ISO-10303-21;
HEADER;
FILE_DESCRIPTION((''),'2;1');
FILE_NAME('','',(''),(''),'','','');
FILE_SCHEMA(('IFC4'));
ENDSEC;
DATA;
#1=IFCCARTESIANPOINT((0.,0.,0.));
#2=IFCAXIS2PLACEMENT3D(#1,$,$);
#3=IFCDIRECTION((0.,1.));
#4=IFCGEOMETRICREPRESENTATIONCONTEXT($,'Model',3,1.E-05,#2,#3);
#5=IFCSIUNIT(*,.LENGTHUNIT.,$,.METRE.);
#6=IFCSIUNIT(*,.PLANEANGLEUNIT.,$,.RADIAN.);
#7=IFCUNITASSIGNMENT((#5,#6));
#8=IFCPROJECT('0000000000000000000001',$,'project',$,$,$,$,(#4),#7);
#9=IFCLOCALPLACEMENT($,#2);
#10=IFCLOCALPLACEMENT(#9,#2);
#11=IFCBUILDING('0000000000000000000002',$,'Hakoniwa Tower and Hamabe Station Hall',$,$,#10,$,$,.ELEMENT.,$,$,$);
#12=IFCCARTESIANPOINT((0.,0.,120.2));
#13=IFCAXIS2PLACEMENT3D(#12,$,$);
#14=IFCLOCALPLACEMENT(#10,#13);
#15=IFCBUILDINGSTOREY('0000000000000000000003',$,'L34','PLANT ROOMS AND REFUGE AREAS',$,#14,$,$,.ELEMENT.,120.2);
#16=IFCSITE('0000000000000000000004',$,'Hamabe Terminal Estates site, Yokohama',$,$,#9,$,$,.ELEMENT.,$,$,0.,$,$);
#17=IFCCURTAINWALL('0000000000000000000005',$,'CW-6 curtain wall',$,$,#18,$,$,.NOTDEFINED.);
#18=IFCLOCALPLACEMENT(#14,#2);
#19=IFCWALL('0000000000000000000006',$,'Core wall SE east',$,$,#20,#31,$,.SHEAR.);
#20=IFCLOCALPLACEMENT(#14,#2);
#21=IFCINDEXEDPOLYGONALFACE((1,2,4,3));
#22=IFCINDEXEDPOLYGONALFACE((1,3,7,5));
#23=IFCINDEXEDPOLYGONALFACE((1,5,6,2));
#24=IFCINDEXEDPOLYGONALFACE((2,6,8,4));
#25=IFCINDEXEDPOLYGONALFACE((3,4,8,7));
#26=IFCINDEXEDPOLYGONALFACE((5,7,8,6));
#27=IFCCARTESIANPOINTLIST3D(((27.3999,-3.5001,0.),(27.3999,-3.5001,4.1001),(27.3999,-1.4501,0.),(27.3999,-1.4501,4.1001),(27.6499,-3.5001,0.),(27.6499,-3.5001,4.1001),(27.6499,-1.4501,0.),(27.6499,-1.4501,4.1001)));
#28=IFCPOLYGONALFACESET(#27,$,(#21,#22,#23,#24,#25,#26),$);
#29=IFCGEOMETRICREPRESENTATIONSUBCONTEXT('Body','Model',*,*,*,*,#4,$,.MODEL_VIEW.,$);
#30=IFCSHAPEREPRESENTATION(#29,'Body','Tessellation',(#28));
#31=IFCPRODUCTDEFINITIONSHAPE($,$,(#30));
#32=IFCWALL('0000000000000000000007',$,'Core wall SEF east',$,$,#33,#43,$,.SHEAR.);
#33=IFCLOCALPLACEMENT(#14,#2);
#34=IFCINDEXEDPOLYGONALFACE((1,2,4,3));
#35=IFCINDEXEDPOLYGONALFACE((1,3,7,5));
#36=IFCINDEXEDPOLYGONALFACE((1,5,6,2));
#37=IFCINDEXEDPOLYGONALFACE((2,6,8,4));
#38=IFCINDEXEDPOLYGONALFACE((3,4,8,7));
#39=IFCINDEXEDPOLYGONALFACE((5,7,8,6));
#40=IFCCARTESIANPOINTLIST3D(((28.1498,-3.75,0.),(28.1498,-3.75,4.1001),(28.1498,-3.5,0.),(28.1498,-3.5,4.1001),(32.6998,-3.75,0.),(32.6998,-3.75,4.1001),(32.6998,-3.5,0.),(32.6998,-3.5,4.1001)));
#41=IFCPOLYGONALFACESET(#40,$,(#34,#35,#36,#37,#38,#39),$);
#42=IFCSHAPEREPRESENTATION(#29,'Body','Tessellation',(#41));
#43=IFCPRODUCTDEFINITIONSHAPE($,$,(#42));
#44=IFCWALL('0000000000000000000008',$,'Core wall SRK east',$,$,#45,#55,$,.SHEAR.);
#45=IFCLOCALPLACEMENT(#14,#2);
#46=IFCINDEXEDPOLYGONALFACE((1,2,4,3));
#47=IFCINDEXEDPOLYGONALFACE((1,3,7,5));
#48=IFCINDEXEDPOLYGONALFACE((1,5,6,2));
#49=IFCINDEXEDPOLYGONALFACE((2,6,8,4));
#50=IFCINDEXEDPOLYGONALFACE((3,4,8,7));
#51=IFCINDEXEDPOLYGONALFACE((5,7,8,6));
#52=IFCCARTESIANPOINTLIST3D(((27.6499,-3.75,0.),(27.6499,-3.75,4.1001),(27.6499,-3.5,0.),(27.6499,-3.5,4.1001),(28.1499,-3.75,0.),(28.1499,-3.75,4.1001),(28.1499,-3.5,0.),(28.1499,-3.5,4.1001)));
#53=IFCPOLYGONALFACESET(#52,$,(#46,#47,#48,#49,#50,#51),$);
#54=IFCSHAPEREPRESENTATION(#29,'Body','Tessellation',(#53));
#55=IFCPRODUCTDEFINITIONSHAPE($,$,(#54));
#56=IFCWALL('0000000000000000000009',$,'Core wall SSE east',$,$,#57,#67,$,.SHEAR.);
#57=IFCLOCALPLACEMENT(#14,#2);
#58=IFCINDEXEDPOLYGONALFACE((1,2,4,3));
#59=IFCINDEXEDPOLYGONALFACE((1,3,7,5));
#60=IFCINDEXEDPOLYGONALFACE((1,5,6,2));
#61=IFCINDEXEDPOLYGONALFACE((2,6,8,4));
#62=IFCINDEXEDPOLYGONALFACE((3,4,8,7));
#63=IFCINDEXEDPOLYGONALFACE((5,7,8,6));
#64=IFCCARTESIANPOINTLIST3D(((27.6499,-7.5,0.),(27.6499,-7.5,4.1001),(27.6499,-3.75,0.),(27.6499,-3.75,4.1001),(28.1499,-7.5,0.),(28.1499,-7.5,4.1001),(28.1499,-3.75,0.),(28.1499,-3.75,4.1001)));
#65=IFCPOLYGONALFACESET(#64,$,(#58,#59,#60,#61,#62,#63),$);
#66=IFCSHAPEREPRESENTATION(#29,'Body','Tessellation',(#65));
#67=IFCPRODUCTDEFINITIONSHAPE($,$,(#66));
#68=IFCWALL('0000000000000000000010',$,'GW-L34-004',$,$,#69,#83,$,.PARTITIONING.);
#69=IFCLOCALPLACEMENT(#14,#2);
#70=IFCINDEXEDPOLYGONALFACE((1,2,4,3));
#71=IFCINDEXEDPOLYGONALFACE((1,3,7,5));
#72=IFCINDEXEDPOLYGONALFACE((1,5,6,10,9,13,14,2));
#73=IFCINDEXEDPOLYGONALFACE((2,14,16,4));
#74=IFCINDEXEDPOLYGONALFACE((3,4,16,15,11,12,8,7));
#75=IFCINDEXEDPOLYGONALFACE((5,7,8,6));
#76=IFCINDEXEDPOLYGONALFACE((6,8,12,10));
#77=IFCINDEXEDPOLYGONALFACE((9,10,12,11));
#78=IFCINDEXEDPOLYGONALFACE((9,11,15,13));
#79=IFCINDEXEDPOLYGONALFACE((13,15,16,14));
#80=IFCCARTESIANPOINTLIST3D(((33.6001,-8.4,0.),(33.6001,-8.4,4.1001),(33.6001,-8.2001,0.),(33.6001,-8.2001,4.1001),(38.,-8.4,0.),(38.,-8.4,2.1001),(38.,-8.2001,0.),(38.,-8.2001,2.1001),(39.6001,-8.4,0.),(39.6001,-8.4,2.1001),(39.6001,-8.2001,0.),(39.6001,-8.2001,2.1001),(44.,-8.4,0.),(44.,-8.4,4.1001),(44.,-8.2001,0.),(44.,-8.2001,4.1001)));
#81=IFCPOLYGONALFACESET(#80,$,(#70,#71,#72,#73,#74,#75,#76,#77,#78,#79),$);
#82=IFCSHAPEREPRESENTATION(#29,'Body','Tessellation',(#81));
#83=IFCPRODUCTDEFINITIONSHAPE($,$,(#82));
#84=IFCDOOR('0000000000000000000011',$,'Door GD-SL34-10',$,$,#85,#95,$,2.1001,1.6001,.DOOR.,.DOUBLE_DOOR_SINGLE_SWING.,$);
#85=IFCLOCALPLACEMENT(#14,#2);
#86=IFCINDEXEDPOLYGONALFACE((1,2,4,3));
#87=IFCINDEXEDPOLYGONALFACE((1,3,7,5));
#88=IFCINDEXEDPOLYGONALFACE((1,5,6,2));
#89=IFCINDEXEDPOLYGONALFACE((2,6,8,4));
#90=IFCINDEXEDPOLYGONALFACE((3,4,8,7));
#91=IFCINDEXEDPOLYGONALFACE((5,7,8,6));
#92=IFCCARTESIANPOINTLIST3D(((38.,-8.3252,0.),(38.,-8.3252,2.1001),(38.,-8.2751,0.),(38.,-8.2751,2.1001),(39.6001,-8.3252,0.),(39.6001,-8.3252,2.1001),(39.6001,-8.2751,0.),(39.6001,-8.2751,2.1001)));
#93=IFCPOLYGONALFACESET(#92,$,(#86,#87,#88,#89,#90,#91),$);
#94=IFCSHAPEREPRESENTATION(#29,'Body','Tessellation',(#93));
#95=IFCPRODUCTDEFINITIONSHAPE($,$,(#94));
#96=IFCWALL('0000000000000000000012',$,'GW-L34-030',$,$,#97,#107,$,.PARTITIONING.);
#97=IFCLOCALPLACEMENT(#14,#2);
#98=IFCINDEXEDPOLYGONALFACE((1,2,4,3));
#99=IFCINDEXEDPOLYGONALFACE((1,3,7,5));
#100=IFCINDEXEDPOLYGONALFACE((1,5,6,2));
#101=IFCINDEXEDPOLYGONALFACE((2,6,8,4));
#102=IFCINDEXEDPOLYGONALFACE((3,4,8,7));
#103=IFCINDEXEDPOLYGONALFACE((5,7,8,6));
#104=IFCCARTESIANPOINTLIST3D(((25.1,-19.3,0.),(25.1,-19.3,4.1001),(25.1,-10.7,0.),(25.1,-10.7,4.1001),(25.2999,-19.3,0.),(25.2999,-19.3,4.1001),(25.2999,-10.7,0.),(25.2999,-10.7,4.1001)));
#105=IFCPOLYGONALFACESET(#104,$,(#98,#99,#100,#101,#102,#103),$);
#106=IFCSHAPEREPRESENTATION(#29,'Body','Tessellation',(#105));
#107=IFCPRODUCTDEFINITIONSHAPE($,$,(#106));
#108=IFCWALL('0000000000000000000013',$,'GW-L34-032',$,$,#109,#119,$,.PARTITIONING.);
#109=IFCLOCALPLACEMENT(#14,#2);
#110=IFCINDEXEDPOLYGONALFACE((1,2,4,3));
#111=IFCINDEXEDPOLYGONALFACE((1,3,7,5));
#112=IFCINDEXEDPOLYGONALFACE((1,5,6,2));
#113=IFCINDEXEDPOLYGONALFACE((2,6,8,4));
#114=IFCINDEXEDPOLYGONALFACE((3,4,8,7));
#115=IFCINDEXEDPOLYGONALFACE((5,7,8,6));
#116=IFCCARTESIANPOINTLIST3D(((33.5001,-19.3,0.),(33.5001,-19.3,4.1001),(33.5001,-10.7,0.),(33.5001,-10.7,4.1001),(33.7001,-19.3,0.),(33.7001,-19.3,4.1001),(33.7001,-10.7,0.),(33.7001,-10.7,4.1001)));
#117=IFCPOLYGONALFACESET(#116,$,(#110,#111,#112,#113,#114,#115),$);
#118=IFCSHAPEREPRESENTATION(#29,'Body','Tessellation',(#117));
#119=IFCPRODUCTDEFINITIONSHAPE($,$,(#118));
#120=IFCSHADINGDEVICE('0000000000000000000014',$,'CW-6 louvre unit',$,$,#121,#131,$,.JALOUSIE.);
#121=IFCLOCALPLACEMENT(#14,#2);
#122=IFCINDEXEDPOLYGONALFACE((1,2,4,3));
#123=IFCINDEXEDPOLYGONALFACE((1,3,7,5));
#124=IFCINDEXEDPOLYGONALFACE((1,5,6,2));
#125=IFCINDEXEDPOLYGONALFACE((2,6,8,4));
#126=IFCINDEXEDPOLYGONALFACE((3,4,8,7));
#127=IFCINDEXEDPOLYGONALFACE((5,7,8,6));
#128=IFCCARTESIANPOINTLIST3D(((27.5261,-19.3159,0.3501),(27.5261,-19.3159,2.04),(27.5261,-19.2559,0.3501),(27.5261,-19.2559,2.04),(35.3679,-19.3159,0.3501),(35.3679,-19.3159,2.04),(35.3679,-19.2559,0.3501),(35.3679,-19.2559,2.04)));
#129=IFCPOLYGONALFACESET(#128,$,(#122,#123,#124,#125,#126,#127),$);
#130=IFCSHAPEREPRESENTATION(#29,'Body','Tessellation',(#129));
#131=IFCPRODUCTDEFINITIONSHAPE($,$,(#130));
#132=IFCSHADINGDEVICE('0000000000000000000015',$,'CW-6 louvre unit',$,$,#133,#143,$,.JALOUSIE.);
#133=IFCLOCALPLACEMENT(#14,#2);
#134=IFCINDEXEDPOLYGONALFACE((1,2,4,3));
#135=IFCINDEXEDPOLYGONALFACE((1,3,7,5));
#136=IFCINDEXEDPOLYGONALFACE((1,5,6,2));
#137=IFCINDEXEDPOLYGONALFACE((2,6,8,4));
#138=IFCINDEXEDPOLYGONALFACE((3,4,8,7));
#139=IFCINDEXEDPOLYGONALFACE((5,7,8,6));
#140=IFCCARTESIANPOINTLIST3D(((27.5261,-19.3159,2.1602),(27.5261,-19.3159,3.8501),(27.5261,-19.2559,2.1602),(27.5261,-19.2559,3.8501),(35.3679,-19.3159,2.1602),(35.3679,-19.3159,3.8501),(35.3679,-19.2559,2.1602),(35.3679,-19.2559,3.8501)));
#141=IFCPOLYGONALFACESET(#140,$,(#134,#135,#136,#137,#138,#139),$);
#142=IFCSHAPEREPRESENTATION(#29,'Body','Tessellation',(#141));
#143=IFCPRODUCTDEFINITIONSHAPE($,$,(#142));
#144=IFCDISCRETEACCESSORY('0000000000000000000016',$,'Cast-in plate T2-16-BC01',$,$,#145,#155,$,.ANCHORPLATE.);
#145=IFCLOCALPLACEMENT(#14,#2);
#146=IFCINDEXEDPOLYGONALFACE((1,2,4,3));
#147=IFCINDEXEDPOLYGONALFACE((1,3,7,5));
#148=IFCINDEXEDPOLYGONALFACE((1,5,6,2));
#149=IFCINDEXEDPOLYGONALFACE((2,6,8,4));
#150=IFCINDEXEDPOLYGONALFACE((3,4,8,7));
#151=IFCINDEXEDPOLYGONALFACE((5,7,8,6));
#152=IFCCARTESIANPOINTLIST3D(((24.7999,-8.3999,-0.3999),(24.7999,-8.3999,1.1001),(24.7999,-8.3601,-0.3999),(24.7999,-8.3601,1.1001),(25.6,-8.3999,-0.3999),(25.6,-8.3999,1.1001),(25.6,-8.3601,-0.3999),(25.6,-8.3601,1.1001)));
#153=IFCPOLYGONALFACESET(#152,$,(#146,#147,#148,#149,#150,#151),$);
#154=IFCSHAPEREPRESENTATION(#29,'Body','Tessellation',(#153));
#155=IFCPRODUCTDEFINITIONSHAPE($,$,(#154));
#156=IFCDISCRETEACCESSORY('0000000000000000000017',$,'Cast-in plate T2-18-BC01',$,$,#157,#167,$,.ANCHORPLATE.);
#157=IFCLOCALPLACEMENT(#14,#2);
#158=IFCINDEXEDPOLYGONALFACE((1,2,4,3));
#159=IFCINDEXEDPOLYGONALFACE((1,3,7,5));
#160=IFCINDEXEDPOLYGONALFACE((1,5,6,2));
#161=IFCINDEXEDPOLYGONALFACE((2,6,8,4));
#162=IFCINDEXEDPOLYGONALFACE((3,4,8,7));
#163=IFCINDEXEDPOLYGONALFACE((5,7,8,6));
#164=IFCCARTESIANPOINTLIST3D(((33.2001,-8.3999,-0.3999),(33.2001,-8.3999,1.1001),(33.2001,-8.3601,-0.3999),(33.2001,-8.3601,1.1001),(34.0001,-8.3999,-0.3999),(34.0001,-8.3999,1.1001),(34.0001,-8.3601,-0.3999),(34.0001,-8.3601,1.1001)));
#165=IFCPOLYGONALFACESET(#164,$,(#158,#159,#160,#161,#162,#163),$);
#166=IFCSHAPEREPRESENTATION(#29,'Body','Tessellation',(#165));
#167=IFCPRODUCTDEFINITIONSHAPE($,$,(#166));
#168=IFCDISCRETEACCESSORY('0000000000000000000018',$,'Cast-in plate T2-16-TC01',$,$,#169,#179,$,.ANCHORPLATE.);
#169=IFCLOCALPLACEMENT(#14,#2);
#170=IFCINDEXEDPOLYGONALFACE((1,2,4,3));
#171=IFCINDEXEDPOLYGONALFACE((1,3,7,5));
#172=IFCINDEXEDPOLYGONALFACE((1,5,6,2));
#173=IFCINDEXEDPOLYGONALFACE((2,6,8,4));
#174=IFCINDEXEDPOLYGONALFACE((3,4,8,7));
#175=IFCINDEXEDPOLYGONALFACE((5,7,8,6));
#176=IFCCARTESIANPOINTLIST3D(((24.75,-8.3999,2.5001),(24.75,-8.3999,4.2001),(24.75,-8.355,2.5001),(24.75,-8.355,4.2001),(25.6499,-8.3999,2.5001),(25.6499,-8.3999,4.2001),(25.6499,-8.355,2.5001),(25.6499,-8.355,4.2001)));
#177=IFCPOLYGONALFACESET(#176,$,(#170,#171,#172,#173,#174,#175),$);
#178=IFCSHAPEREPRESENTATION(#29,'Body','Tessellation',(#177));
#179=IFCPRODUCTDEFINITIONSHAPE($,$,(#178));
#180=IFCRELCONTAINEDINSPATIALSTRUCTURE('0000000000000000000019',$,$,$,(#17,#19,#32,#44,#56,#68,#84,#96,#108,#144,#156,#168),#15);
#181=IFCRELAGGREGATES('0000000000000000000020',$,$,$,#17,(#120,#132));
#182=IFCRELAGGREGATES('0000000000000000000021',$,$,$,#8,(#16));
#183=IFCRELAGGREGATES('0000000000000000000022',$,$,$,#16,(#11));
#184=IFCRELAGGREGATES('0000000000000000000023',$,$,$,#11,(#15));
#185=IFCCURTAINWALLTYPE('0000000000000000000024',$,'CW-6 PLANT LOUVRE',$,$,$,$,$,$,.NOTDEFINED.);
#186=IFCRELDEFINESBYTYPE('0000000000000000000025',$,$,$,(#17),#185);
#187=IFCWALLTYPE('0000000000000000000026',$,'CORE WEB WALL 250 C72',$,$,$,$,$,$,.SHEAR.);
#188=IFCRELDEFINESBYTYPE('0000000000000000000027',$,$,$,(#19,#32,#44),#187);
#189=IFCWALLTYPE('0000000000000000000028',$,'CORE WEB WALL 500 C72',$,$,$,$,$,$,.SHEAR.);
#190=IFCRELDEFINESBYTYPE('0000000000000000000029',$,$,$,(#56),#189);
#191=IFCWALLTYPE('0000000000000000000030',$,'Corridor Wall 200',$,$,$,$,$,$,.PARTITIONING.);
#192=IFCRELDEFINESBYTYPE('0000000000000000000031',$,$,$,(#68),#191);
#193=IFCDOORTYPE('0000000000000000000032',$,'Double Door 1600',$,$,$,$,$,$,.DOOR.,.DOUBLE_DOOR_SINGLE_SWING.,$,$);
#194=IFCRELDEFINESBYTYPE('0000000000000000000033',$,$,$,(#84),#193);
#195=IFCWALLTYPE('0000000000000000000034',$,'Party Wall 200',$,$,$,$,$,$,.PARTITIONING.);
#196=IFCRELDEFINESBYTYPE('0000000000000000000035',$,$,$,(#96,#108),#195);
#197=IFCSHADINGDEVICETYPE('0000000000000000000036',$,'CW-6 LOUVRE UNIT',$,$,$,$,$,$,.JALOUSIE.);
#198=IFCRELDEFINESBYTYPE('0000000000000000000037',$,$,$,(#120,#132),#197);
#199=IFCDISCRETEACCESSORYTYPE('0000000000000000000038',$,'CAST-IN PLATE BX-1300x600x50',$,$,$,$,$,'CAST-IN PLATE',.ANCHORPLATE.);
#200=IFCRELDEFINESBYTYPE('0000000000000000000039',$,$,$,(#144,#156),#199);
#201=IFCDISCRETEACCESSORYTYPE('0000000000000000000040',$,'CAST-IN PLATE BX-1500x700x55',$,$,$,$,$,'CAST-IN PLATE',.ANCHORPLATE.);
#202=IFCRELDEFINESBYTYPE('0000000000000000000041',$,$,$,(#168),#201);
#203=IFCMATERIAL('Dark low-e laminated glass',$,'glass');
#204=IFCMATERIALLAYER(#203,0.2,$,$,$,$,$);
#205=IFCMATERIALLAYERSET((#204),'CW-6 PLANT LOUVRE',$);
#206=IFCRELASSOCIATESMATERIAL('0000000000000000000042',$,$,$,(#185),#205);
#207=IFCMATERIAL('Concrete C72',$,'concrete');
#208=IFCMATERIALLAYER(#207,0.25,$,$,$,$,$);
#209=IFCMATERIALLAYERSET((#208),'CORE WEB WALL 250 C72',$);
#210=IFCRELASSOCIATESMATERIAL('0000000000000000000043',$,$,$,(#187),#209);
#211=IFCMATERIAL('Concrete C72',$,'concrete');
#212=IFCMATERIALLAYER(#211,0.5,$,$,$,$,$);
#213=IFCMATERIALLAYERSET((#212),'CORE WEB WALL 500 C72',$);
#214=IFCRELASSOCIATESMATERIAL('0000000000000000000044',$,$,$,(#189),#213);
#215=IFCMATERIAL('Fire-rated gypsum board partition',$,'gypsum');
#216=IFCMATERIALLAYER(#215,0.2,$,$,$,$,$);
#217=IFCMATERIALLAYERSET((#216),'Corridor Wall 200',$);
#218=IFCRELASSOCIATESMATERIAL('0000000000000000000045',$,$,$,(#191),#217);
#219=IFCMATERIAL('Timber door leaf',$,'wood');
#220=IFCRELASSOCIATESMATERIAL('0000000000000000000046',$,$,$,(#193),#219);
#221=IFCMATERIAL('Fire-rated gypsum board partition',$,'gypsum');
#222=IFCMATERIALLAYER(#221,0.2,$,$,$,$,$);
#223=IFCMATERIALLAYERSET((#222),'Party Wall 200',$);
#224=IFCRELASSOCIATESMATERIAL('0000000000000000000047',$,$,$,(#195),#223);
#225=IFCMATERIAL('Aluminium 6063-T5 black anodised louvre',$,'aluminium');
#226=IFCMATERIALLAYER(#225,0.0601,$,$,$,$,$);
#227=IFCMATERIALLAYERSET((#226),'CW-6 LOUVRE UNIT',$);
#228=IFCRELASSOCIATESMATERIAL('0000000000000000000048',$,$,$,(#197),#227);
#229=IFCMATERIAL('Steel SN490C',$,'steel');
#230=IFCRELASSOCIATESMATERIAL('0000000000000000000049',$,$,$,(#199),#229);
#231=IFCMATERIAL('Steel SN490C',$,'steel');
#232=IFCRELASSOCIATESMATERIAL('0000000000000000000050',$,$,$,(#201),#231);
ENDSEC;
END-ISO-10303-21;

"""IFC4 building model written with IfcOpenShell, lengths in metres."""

from ifc_helpers import new_model, si_unit, direction, frame, frame_2d, origin, origin_2d, place, context, subcontext, project, spatial, rectangle, extrude, material, layer, layer_set, material_profile, profile_set, type_object, element, fill, aggregate, save


model = new_model("IFC4")

# Units and contexts
model_context = context("Model", 3, precision=1e-05, world=origin(), true_north=direction((0.0, 1.0)))
body_context = subcontext(model_context, "Body", "Model", "MODEL_VIEW")
ifc_project = project(units=[si_unit("LENGTHUNIT", "METRE"), si_unit("PLANEANGLEUNIT", "RADIAN")], contexts=[model_context])

# Site, building, storey
site_placement = place(None, origin())
site = spatial("IfcSite", under=ifc_project, at=site_placement, Name="Hamabe Terminal Estates site, Yokohama", CompositionType="ELEMENT", RefElevation=0.0)
building_placement = place(site_placement, origin())
building = spatial("IfcBuilding", under=site, at=building_placement, Name="Hakoniwa Tower and Hamabe Station Hall", CompositionType="ELEMENT")
storey_placement = place(building_placement, frame((0.0, 0.0, 120.2)))
storey = spatial("IfcBuildingStorey", under=building, at=storey_placement, Name="L34", Description="PLANT ROOMS AND REFUGE AREAS", CompositionType="ELEMENT", Elevation=120.2)

# Curtain wall
ifc_material_1 = material(Name="Dark low-e laminated glass", Category="glass")
ifc_layer_1 = layer(ifc_material_1, 0.2)
ifc_layer_set_1 = layer_set([ifc_layer_1], Name="CW-6 PLANT LOUVRE")
curtain_wall_type = type_object("IfcCurtainWallType", Name="CW-6 PLANT LOUVRE", PredefinedType="NOTDEFINED", material=ifc_layer_set_1)
curtain_wall_placement = place(storey_placement, origin())
curtain_wall = element("IfcCurtainWall", 1, at=curtain_wall_placement, inside=storey, type_object=curtain_wall_type, Name="CW-6 curtain wall", PredefinedType="NOTDEFINED")

# Walls
ifc_material_2 = material(Name="Concrete C72", Category="concrete")
ifc_layer_2 = layer(ifc_material_2, 0.25)
ifc_layer_set_2 = layer_set([ifc_layer_2], Name="CORE WEB WALL 250 C72")
wall_type_1 = type_object("IfcWallType", Name="CORE WEB WALL 250 C72", PredefinedType="SHEAR", material=ifc_layer_set_2)
wall_1_placement = place(storey_placement, frame((27.5249, -3.5, 0.0), z_axis=(0.0, 0.0, 1.0), x_axis=(0.0, 1.0, 0.0)))
element("IfcWall", 2, at=wall_1_placement, inside=storey, type_object=wall_type_1, Name="Core wall SE east", PredefinedType="SHEAR", context=body_context, shape_type="SweptSolid", body=[
    extrude(rectangle(XDim=2.05, YDim=0.25, at=frame_2d((1.0249, 0.0))), origin(), (0.0, 0.0, 1.0), 4.1001),
])
wall_2_placement = place(storey_placement, frame((28.1499, -3.625, 0.0), z_axis=(0.0, 0.0, 1.0), x_axis=(1.0, 0.0, 0.0)))
element("IfcWall", 3, at=wall_2_placement, inside=storey, type_object=wall_type_1, Name="Core wall SEF east", PredefinedType="SHEAR", context=body_context, shape_type="SweptSolid", body=[
    extrude(rectangle(XDim=4.55, YDim=0.25, at=frame_2d((2.2749, 0.0))), origin(), (0.0, 0.0, 1.0), 4.1001),
])
wall_3_placement = place(storey_placement, frame((27.6499, -3.625, 0.0), z_axis=(0.0, 0.0, 1.0), x_axis=(1.0, 0.0, 0.0)))
element("IfcWall", 4, at=wall_3_placement, inside=storey, type_object=wall_type_1, Name="Core wall SRK east", PredefinedType="SHEAR", context=body_context, shape_type="SweptSolid", body=[
    extrude(rectangle(XDim=0.5, YDim=0.25, at=frame_2d((0.25, 0.0))), origin(), (0.0, 0.0, 1.0), 4.1001),
])
ifc_material_3 = material(Name="Concrete C72", Category="concrete")
ifc_layer_3 = layer(ifc_material_3, 0.5)
ifc_layer_set_3 = layer_set([ifc_layer_3], Name="CORE WEB WALL 500 C72")
wall_type_2 = type_object("IfcWallType", Name="CORE WEB WALL 500 C72", PredefinedType="SHEAR", material=ifc_layer_set_3)
wall_4_placement = place(storey_placement, frame((27.8999, -7.5, 0.0), z_axis=(0.0, 0.0, 1.0), x_axis=(0.0, 1.0, 0.0)))
element("IfcWall", 5, at=wall_4_placement, inside=storey, type_object=wall_type_2, Name="Core wall SSE east", PredefinedType="SHEAR", context=body_context, shape_type="SweptSolid", body=[
    extrude(rectangle(XDim=3.75, YDim=0.5, at=frame_2d((1.875, 0.0))), origin(), (0.0, 0.0, 1.0), 4.1001),
])

# Wall, opening, door
ifc_material_4 = material(Name="Fire-rated gypsum board partition", Category="gypsum")
ifc_layer_4 = layer(ifc_material_4, 0.2)
ifc_layer_set_4 = layer_set([ifc_layer_4], Name="Corridor Wall 200")
wall_type_3 = type_object("IfcWallType", Name="Corridor Wall 200", PredefinedType="PARTITIONING", material=ifc_layer_set_4)
wall_5_placement = place(storey_placement, frame((33.6001, -8.3, 0.0), z_axis=(0.0, 0.0, 1.0), x_axis=(1.0, 0.0, 0.0)))
wall_5 = element("IfcWall", 6, at=wall_5_placement, inside=storey, type_object=wall_type_3, Name="GW-L34-004", PredefinedType="PARTITIONING", context=body_context, shape_type="SweptSolid", body=[
    extrude(rectangle(XDim=10.3999, YDim=0.2, at=frame_2d((5.2, 0.0))), origin(), (0.0, 0.0, 1.0), 4.1001),
])
opening_placement = place(wall_5_placement, frame((4.3999, 0.0, 0.0)))
opening = element("IfcOpeningElement", 7, at=opening_placement, cuts=wall_5, PredefinedType="OPENING", context=body_context, shape_type="SweptSolid", body=[
    extrude(rectangle(XDim=1.6001, YDim=2.1001, at=frame_2d((0.8, 1.05))), frame((0.0, 0.1099, 0.0), z_axis=(0.0, -1.0, 0.0), x_axis=(1.0, 0.0, 0.0)), (0.0, 0.0, 1.0), 0.22),
])
ifc_material_5 = material(Name="Timber door leaf", Category="wood")
door_type = type_object("IfcDoorType", Name="Double Door 1600", OperationType="DOUBLE_DOOR_SINGLE_SWING", PredefinedType="DOOR", material=ifc_material_5)
door_placement = place(opening_placement, origin())
door = element("IfcDoor", 8, at=door_placement, inside=storey, type_object=door_type, Name="Door GD-SL34-10", OperationType="DOUBLE_DOOR_SINGLE_SWING", OverallHeight=2.1001, OverallWidth=1.6001, PredefinedType="DOOR", context=body_context, shape_type="SweptSolid", body=[
    extrude(rectangle(XDim=1.6001, YDim=2.1001, at=frame_2d((0.8, 1.05))), frame((0.0, 0.0249, 0.0), z_axis=(0.0, -1.0, 0.0), x_axis=(1.0, 0.0, 0.0)), (0.0, 0.0, 1.0), 0.05),
])
fill(opening, door)

# Walls
ifc_material_6 = material(Name="Fire-rated gypsum board partition", Category="gypsum")
ifc_layer_5 = layer(ifc_material_6, 0.2)
ifc_layer_set_5 = layer_set([ifc_layer_5], Name="Party Wall 200")
wall_type_4 = type_object("IfcWallType", Name="Party Wall 200", PredefinedType="PARTITIONING", material=ifc_layer_set_5)
for number, where, z_axis, x_axis, name in (
    (9, (25.2, -19.3, 0.0), (0.0, 0.0, 1.0), (0.0, 1.0, 0.0), "GW-L34-030"),
    (10, (33.6001, -19.3, 0.0), (0.0, 0.0, 1.0), (0.0, 1.0, 0.0), "GW-L34-032"),
):
    element("IfcWall", number, at=place(storey_placement, frame(where, z_axis=z_axis, x_axis=x_axis)), inside=storey, type_object=wall_type_4, Name=name, PredefinedType="PARTITIONING", context=body_context, shape_type="SweptSolid", body=[
        extrude(rectangle(XDim=8.6001, YDim=0.2, at=frame_2d((4.3, 0.0))), origin(), (0.0, 0.0, 1.0), 4.1001),
    ])

# Shading devices
ifc_material_7 = material(Name="Aluminium 6063-T5 black anodised louvre", Category="aluminium")
ifc_layer_6 = layer(ifc_material_7, 0.0601)
ifc_layer_set_6 = layer_set([ifc_layer_6], Name="CW-6 LOUVRE UNIT")
shading_device_type = type_object("IfcShadingDeviceType", Name="CW-6 LOUVRE UNIT", PredefinedType="JALOUSIE", material=ifc_layer_set_6)
shading_device_1_placement = place(storey_placement, frame((31.447, -19.2859, 0.3501), z_axis=(0.0, 0.0, 1.0), x_axis=(1.0, 0.0, 0.0)))
shading_device_1 = element("IfcShadingDevice", 11, at=shading_device_1_placement, type_object=shading_device_type, Name="CW-6 louvre unit", PredefinedType="JALOUSIE", context=body_context, shape_type="SweptSolid", body=[
    extrude(rectangle(XDim=7.8418, YDim=0.0601, at=origin_2d()), origin(), (0.0, 0.0, 1.0), 1.6899),
])
shading_device_2_placement = place(storey_placement, frame((31.447, -19.2859, 2.1602), z_axis=(0.0, 0.0, 1.0), x_axis=(1.0, 0.0, 0.0)))
shading_device_2 = element("IfcShadingDevice", 12, at=shading_device_2_placement, type_object=shading_device_type, Name="CW-6 louvre unit", PredefinedType="JALOUSIE", context=body_context, shape_type="SweptSolid", body=[
    extrude(rectangle(XDim=7.8418, YDim=0.0601, at=origin_2d()), origin(), (0.0, 0.0, 1.0), 1.6899),
])
aggregate(curtain_wall, [shading_device_1, shading_device_2])

# Discrete accessories
ifc_material_8 = material(Name="Steel SN490C", Category="steel")
ifc_material_profile_1 = material_profile(ifc_material_8, rectangle(XDim=0.8, YDim=1.5, at=origin_2d()), Name="CAST-IN PLATE BX-1300x600x50")
ifc_profile_set_1 = profile_set([ifc_material_profile_1], Name="Steel SN490C")
discrete_accessory_type_1 = type_object("IfcDiscreteAccessoryType", Name="CAST-IN PLATE BX-1300x600x50", ElementType="CAST-IN PLATE", PredefinedType="ANCHORPLATE", material=ifc_profile_set_1)
for number, where, z_axis, x_axis, name in (
    (13, (25.2, -8.3601, 0.3501), (0.0, -1.0, 0.0), (1.0, 0.0, 0.0), "Cast-in plate T2-16-BC01"),
    (14, (33.6001, -8.3601, 0.3501), (0.0, -1.0, 0.0), (1.0, 0.0, 0.0), "Cast-in plate T2-18-BC01"),
):
    element("IfcDiscreteAccessory", number, at=place(storey_placement, frame(where, z_axis=z_axis, x_axis=x_axis)), inside=storey, type_object=discrete_accessory_type_1, Name=name, PredefinedType="ANCHORPLATE", context=body_context, shape_type="SweptSolid", body=[
        extrude(rectangle(XDim=0.8, YDim=1.5, at=origin_2d()), origin(), (0.0, 0.0, 1.0), 0.0398),
    ])
ifc_material_9 = material(Name="Steel SN490C", Category="steel")
ifc_material_profile_2 = material_profile(ifc_material_9, rectangle(XDim=0.8999, YDim=1.7, at=origin_2d()), Name="CAST-IN PLATE BX-1500x700x55")
ifc_profile_set_2 = profile_set([ifc_material_profile_2], Name="Steel SN490C")
discrete_accessory_type_2 = type_object("IfcDiscreteAccessoryType", Name="CAST-IN PLATE BX-1500x700x55", ElementType="CAST-IN PLATE", PredefinedType="ANCHORPLATE", material=ifc_profile_set_2)
for number, where, z_axis, x_axis, name in (
    (15, (25.2, -8.355, 3.3501), (0.0, -1.0, 0.0), (1.0, 0.0, 0.0), "Cast-in plate T2-16-TC01"),
):
    element("IfcDiscreteAccessory", number, at=place(storey_placement, frame(where, z_axis=z_axis, x_axis=x_axis)), inside=storey, type_object=discrete_accessory_type_2, Name=name, PredefinedType="ANCHORPLATE", context=body_context, shape_type="SweptSolid", body=[
        extrude(rectangle(XDim=0.8999, YDim=1.7, at=origin_2d()), origin(), (0.0, 0.0, 1.0), 0.0449),
    ])

save(model, "model.ifc")
